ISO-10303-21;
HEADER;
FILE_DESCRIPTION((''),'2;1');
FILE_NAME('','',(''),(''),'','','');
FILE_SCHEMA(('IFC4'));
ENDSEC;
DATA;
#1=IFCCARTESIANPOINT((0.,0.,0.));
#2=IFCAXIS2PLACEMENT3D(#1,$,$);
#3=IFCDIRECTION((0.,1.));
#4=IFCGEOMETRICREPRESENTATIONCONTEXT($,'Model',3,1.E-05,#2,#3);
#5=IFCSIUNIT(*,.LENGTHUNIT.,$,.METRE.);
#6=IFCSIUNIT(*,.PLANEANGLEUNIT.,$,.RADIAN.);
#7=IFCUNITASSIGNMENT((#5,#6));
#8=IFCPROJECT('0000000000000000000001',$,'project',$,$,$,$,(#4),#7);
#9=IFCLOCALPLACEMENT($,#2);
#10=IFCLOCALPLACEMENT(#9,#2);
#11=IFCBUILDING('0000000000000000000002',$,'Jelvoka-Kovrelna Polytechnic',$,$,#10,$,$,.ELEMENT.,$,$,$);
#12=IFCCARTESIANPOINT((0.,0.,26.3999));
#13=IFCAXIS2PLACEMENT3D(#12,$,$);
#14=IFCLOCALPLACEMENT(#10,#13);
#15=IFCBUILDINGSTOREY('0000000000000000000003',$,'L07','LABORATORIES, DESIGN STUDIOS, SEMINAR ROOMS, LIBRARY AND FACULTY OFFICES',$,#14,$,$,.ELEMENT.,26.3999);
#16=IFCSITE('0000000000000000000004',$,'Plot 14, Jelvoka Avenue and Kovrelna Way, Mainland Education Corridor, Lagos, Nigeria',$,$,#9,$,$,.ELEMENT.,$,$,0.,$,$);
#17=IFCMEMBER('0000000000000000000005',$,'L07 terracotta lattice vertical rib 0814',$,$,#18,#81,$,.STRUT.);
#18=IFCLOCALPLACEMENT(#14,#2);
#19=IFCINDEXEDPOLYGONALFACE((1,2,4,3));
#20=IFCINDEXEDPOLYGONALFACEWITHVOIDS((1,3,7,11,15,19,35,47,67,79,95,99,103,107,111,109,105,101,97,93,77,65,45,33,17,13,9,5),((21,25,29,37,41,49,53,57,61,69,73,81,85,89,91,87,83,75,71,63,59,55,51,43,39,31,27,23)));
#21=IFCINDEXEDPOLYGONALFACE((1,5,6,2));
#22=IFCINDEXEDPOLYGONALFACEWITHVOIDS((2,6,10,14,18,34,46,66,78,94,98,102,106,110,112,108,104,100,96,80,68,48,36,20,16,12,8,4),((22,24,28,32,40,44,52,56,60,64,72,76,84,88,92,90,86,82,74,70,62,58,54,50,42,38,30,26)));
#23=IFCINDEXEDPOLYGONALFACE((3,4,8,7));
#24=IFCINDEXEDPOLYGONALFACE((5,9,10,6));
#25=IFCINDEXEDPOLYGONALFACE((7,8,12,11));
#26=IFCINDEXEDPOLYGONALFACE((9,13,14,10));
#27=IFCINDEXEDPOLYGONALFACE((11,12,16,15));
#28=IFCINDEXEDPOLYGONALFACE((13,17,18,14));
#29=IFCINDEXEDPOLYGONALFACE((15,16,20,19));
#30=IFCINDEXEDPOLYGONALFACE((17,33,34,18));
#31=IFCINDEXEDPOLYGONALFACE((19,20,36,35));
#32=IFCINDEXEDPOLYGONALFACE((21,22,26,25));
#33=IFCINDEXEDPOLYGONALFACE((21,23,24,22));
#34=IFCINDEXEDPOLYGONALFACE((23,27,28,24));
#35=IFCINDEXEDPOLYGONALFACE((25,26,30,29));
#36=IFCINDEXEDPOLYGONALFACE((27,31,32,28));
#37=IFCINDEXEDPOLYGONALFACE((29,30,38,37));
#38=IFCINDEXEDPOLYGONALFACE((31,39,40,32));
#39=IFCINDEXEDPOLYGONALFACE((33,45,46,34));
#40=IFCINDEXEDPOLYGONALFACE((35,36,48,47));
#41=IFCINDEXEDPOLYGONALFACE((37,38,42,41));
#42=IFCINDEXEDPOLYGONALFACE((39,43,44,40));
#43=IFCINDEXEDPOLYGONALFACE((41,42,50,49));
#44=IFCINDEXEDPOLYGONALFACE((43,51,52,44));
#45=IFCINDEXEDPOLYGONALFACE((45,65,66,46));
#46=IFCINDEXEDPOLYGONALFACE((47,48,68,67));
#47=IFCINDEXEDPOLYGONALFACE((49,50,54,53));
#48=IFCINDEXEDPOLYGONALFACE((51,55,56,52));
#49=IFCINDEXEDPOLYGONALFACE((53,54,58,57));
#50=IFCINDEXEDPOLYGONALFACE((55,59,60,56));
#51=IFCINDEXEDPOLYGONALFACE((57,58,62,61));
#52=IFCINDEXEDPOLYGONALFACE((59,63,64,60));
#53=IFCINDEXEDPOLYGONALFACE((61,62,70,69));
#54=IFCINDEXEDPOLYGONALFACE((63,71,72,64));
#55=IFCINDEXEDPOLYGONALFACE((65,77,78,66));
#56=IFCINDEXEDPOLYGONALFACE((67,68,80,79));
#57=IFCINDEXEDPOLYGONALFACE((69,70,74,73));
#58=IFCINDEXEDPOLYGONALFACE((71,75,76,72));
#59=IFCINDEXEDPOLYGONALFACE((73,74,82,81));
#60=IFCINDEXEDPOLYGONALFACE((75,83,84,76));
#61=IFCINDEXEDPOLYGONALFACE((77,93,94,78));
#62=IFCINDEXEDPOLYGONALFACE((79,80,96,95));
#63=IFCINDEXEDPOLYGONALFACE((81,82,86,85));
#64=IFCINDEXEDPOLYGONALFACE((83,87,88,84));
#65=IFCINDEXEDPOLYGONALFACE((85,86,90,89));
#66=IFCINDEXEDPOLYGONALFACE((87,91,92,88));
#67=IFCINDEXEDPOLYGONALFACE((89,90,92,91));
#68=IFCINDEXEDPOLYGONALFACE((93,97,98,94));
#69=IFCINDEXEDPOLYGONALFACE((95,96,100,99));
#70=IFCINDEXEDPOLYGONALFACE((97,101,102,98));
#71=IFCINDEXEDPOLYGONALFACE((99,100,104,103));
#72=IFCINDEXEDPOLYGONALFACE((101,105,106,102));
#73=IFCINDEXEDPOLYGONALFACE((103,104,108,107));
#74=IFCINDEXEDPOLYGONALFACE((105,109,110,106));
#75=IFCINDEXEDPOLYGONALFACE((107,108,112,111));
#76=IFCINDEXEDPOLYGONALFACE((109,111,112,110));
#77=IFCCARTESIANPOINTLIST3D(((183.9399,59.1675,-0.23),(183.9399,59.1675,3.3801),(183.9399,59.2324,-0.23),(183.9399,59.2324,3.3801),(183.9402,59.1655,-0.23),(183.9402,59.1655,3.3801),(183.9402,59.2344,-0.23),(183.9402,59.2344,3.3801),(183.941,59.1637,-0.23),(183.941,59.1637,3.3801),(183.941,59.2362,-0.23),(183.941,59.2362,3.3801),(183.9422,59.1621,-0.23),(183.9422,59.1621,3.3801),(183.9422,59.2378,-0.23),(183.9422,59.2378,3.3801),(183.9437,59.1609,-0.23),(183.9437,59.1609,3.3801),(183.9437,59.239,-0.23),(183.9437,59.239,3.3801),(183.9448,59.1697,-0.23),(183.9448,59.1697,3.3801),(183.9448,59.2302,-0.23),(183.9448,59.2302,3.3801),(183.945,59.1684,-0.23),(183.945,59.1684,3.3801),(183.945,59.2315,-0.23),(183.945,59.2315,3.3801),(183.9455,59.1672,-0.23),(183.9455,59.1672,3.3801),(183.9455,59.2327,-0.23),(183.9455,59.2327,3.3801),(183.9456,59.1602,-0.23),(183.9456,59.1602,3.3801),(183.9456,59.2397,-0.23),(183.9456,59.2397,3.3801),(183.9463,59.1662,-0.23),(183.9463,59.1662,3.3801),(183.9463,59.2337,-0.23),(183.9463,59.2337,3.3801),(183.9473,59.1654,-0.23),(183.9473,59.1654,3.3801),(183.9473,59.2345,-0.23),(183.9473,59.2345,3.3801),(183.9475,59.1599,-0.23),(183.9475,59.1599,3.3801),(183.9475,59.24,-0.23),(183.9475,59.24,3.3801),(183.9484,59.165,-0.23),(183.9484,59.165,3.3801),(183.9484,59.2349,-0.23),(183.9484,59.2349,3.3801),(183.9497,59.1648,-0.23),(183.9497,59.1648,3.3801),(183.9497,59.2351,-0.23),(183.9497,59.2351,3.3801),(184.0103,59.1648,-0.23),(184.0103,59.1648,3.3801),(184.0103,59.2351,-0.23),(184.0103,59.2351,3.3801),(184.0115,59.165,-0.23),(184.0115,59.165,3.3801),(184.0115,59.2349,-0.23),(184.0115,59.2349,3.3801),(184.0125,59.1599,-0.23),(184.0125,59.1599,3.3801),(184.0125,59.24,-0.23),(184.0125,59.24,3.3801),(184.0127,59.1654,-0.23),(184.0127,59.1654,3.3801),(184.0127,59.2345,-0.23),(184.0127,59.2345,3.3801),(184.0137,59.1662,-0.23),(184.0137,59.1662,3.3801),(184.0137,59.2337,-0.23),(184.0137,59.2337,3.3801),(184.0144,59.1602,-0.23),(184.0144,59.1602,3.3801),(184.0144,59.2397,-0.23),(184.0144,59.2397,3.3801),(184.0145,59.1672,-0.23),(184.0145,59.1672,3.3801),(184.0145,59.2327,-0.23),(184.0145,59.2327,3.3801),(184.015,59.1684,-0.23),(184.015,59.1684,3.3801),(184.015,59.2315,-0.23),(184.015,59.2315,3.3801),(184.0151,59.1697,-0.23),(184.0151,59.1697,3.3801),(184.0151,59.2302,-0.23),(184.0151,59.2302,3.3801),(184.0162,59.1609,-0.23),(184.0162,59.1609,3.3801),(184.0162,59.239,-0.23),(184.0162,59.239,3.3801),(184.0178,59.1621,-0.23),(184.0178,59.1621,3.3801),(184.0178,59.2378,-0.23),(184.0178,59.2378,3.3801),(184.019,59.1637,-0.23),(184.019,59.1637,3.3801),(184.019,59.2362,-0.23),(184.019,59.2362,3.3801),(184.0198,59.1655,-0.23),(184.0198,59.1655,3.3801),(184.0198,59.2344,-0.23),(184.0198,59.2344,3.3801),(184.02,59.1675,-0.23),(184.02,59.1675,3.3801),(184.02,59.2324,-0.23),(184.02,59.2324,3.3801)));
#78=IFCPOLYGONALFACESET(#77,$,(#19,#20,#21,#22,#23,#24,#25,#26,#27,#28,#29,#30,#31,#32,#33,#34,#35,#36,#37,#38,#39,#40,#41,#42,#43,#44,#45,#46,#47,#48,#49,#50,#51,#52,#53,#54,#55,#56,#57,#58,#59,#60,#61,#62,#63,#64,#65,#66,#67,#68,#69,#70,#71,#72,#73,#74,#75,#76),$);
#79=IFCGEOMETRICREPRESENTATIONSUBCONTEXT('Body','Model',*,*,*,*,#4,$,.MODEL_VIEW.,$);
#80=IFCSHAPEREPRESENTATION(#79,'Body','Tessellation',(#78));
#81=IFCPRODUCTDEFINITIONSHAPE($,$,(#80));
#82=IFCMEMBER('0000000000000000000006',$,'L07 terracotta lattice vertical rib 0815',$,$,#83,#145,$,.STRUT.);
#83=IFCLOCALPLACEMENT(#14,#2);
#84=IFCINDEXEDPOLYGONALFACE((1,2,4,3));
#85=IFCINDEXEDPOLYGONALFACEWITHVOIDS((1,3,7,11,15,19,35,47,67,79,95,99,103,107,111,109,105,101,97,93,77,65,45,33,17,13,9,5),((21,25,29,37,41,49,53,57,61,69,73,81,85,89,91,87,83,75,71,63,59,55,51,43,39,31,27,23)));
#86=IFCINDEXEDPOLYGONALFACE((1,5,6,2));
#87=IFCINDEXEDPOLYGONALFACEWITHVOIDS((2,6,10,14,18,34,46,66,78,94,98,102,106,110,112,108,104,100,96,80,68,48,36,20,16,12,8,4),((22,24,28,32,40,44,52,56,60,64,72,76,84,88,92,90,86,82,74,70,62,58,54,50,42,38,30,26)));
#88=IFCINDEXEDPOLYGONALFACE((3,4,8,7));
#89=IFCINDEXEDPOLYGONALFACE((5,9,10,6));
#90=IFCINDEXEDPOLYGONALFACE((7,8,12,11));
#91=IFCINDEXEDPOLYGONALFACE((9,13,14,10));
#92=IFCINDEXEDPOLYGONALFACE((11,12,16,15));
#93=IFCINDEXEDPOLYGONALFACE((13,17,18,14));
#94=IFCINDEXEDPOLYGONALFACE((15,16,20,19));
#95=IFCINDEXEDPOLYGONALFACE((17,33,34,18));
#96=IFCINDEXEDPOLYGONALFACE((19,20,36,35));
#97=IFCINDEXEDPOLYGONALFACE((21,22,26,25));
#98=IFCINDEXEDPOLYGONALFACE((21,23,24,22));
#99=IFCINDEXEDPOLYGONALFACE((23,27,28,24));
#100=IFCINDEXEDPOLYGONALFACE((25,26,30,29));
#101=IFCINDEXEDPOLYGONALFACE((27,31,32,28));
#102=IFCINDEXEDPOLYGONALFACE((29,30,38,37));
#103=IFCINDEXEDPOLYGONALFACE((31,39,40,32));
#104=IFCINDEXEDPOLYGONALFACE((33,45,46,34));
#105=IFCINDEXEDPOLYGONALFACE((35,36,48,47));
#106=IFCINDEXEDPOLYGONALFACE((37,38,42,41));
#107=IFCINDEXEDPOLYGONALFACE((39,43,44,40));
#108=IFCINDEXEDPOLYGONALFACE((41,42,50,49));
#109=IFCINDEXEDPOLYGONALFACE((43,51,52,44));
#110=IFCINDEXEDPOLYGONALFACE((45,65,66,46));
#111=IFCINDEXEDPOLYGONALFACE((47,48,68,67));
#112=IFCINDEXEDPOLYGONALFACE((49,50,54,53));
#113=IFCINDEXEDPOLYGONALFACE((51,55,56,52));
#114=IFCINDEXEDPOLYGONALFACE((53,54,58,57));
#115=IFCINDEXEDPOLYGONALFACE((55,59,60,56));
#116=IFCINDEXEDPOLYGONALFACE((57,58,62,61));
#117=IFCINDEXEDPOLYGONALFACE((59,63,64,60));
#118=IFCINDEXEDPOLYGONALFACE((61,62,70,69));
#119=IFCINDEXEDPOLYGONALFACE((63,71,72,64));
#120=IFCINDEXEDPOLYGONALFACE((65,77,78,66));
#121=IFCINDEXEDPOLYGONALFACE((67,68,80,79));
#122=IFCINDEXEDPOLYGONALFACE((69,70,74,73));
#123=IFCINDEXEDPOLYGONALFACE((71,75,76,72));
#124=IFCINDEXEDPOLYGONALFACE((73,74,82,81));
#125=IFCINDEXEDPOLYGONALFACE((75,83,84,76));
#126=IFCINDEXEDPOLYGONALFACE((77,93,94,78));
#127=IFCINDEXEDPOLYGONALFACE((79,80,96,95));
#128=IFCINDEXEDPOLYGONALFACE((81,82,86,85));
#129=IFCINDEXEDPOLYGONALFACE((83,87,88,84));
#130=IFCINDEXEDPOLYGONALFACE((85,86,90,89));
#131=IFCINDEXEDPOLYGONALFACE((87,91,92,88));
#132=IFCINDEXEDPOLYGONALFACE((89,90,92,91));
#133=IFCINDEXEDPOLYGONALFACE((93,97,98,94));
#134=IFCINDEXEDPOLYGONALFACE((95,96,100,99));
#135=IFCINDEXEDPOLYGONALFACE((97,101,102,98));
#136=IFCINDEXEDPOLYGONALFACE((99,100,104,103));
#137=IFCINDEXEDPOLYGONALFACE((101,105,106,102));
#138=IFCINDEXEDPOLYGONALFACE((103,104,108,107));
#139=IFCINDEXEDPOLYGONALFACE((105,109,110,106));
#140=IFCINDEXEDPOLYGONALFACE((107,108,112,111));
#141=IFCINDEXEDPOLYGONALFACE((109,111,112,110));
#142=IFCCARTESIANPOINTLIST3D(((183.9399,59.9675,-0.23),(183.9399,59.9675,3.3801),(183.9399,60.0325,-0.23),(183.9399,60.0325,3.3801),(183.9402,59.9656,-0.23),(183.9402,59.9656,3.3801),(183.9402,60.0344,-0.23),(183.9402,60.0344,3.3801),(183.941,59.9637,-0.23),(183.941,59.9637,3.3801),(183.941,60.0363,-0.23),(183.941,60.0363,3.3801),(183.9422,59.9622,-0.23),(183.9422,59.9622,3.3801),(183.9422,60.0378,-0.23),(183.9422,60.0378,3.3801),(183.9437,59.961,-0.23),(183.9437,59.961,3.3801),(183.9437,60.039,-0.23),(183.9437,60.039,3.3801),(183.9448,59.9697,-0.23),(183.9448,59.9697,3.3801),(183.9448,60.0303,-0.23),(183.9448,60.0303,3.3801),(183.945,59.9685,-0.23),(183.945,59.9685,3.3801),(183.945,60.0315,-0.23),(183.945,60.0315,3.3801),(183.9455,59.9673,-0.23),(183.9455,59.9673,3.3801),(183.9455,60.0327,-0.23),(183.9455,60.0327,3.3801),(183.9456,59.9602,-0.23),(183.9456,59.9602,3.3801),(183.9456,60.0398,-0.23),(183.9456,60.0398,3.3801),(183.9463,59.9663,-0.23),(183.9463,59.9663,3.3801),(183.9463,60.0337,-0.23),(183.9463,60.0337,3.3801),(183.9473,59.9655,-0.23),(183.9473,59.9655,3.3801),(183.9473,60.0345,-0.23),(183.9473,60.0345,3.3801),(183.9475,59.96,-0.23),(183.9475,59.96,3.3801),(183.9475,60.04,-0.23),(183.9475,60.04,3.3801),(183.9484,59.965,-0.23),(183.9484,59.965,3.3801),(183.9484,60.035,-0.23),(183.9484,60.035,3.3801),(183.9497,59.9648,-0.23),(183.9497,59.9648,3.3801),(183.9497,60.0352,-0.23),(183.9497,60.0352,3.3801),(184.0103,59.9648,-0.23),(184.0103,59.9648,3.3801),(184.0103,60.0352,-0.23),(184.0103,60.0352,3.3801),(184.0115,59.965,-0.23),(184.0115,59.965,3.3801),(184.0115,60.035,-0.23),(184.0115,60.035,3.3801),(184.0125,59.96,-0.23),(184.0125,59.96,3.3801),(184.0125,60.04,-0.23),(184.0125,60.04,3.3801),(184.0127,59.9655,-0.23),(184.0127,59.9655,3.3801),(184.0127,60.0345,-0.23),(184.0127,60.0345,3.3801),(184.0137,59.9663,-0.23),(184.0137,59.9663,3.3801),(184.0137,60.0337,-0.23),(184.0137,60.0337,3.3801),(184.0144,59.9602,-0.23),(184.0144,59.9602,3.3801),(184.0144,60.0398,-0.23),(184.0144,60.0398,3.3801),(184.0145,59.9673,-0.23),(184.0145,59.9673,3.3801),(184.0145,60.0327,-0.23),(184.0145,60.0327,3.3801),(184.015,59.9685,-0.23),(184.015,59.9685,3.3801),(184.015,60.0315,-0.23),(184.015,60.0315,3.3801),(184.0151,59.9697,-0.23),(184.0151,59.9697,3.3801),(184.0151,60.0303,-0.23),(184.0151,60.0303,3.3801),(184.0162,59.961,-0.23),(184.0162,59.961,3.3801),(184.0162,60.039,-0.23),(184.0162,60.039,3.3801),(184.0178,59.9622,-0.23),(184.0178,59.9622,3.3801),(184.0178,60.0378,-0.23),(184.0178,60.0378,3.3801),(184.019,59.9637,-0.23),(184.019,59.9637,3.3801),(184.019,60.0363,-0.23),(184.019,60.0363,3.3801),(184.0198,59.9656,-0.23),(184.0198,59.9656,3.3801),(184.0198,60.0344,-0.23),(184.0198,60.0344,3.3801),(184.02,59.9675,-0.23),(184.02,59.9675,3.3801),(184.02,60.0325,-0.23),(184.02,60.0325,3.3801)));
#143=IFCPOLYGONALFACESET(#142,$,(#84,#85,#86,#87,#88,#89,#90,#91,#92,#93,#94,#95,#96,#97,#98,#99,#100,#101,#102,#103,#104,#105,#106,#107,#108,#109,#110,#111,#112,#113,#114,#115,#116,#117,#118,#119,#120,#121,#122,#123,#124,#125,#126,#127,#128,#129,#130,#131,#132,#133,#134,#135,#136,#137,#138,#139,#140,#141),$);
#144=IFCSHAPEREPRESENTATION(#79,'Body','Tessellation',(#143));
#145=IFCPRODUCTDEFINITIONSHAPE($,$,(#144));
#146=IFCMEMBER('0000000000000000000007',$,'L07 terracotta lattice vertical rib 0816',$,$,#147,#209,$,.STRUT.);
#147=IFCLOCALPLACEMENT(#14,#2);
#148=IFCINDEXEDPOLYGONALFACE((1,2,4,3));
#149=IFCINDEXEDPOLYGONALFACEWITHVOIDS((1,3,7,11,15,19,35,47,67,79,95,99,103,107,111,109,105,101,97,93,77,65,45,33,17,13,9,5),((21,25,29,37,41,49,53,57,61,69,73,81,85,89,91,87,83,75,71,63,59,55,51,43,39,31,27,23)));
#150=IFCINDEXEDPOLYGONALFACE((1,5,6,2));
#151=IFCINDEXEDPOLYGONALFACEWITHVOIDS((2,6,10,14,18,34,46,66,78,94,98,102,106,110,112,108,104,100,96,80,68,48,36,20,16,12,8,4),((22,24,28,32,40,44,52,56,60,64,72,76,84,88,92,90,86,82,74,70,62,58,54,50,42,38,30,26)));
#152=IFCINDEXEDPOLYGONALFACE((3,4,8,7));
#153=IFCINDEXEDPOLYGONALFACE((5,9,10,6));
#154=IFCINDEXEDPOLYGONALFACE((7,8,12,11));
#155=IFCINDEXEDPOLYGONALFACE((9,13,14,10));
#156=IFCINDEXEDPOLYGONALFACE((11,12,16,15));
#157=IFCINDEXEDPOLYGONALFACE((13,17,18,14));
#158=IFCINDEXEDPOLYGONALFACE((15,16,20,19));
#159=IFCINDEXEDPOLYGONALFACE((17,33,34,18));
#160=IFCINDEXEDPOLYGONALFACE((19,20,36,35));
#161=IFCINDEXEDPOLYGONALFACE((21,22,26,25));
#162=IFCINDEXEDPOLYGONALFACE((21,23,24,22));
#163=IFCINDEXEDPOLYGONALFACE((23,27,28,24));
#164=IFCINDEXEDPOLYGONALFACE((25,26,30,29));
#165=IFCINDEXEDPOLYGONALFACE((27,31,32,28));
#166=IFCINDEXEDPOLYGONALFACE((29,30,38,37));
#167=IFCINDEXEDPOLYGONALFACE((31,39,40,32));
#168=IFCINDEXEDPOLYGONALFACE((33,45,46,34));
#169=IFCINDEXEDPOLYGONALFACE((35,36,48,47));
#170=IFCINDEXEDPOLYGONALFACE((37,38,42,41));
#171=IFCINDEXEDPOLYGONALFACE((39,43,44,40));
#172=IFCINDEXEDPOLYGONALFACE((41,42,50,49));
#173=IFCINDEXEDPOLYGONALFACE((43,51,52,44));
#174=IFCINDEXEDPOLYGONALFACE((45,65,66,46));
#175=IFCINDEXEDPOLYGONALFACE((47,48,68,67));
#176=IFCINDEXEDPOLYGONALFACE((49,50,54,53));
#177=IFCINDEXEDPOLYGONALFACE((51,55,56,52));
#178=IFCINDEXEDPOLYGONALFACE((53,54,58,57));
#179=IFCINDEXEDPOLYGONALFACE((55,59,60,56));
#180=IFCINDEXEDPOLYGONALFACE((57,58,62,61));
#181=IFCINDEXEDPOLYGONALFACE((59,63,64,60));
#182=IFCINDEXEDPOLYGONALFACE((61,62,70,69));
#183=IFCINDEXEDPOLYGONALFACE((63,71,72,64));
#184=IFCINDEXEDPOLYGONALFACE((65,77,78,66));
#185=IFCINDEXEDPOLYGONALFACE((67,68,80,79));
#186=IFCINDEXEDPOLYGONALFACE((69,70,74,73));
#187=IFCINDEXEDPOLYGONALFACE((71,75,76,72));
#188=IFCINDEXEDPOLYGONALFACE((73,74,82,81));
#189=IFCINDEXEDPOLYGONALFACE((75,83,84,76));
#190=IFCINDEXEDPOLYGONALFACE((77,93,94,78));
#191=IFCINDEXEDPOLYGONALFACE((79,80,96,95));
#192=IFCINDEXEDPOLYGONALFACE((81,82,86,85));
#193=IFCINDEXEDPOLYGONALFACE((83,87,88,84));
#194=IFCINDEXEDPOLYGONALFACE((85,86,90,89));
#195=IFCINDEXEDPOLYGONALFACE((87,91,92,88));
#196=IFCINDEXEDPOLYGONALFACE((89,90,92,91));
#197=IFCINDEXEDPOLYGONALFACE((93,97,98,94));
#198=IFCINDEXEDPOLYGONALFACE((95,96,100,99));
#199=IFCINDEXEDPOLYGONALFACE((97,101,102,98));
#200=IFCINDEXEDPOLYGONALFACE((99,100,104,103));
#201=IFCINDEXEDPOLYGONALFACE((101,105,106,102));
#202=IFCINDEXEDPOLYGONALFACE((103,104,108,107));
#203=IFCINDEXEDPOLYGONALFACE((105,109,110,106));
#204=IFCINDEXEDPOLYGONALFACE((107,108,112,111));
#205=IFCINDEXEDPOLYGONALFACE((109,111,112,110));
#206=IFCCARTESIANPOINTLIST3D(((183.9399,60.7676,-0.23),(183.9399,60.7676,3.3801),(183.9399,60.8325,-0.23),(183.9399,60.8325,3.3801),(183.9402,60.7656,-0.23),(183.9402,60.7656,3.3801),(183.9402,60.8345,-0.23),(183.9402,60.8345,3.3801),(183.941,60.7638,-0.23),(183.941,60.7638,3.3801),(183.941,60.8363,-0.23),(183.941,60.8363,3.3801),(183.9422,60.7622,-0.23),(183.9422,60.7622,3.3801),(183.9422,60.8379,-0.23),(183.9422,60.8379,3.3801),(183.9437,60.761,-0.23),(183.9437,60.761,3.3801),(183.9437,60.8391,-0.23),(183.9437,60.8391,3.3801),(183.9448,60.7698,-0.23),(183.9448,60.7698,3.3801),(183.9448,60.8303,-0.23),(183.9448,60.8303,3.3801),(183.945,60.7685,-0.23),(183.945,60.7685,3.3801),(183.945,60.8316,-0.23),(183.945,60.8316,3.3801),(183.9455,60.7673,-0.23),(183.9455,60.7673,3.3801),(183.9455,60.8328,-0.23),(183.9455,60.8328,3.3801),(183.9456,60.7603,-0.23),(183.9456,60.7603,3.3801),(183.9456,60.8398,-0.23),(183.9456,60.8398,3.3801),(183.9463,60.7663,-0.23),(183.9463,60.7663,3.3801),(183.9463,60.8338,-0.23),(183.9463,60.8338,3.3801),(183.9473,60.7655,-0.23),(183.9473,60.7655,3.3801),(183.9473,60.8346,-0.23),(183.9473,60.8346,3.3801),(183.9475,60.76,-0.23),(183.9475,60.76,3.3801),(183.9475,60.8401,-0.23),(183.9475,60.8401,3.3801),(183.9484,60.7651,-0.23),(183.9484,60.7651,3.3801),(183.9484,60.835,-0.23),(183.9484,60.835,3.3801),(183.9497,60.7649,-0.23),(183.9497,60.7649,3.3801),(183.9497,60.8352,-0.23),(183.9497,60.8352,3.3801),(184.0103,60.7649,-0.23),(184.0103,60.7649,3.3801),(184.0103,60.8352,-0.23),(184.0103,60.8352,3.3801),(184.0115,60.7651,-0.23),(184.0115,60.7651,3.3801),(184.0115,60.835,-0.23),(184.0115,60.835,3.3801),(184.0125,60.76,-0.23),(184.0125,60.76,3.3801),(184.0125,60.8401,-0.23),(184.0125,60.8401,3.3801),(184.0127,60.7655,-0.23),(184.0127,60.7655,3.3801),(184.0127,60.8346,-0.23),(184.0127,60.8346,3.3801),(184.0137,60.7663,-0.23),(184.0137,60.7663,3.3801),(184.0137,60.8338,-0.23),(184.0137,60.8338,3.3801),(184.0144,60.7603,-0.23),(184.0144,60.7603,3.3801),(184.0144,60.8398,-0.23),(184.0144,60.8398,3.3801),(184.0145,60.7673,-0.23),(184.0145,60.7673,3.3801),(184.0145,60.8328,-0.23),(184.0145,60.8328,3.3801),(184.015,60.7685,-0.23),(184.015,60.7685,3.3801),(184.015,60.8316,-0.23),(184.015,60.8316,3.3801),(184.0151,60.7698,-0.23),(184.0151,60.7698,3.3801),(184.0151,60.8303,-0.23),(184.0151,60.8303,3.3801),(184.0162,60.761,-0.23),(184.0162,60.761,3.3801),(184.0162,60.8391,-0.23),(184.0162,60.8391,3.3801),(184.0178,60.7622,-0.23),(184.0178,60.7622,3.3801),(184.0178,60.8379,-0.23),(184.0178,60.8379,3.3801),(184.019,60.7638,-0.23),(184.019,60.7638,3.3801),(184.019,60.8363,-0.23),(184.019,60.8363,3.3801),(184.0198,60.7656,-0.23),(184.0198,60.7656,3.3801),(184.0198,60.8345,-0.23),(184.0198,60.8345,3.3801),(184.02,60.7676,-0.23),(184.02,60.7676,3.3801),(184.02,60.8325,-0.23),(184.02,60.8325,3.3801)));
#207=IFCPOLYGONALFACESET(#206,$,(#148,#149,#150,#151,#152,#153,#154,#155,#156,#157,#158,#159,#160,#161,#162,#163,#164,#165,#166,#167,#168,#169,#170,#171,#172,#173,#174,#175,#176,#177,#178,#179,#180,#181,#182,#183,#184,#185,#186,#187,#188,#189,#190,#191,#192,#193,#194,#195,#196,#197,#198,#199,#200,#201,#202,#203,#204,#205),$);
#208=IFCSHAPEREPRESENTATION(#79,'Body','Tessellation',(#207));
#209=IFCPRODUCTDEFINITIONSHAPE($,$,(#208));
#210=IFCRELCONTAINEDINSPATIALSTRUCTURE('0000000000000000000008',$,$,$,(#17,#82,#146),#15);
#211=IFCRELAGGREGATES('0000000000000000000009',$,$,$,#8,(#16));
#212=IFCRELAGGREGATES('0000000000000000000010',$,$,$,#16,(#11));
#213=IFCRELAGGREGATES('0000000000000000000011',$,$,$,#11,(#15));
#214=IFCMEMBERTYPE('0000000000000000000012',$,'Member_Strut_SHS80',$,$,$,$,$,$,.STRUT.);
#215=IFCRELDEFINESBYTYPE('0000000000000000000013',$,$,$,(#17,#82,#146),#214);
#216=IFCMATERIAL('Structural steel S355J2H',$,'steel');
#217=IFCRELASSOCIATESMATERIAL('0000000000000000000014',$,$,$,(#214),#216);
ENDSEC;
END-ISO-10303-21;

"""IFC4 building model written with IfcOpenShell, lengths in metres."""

from ifc_helpers import new_model, si_unit, direction, frame, origin, origin_2d, place, context, subcontext, project, spatial, hollow_rectangle, extrude, material, material_profile, profile_set, type_object, element, save


model = new_model("IFC4")

# Units and contexts
model_context = context("Model", 3, precision=1e-05, world=origin(), true_north=direction((0.0, 1.0)))
body_context = subcontext(model_context, "Body", "Model", "MODEL_VIEW")
ifc_project = project(units=[si_unit("LENGTHUNIT", "METRE"), si_unit("PLANEANGLEUNIT", "RADIAN")], contexts=[model_context])

# Site, building, storey
site_placement = place(None, origin())
site = spatial("IfcSite", under=ifc_project, at=site_placement, Name="Plot 14, Jelvoka Avenue and Kovrelna Way, Mainland Education Corridor, Lagos, Nigeria", CompositionType="ELEMENT", RefElevation=0.0)
building_placement = place(site_placement, origin())
building = spatial("IfcBuilding", under=site, at=building_placement, Name="Jelvoka-Kovrelna Polytechnic", CompositionType="ELEMENT")
storey_placement = place(building_placement, frame((0.0, 0.0, 26.3999)))
storey = spatial("IfcBuildingStorey", under=building, at=storey_placement, Name="L07", Description="LABORATORIES, DESIGN STUDIOS, SEMINAR ROOMS, LIBRARY AND FACULTY OFFICES", CompositionType="ELEMENT", Elevation=26.3999)

# Members
ifc_material_1 = material(Name="Structural steel S355J2H", Category="steel")
ifc_material_profile_1 = material_profile(ifc_material_1, hollow_rectangle(XDim=0.0801, YDim=0.0801, WallThickness=0.0049, InnerFilletRadius=0.0049, OuterFilletRadius=0.0076, at=origin_2d()), Name="80x80x5.0 SHS")
ifc_profile_set_1 = profile_set([ifc_material_profile_1], Name="Structural steel S355J2H")
member_type_1 = type_object("IfcMemberType", Name="Member_Strut_SHS80", PredefinedType="STRUT", material=ifc_profile_set_1)
for number, where, z_axis, x_axis, name in (
    (1, (183.98, 59.2, -0.23), (0.0, 0.0, 1.0), (1.0, 0.0, 0.0), "L07 terracotta lattice vertical rib 0814"),
    (2, (183.98, 60.0, -0.23), (0.0, 0.0, 1.0), (1.0, 0.0, 0.0), "L07 terracotta lattice vertical rib 0815"),
    (3, (183.98, 60.8, -0.23), (0.0, 0.0, 1.0), (1.0, 0.0, 0.0), "L07 terracotta lattice vertical rib 0816"),
):
    element("IfcMember", number, at=place(storey_placement, frame(where, z_axis=z_axis, x_axis=x_axis)), inside=storey, type_object=member_type_1, Name=name, PredefinedType="STRUT", context=body_context, shape_type="SweptSolid", body=[
        extrude(hollow_rectangle(XDim=0.0801, YDim=0.0801, WallThickness=0.0049, InnerFilletRadius=0.0049, OuterFilletRadius=0.0076, at=origin_2d()), origin(), (0.0, 0.0, 1.0), 3.6101),
    ])

save(model, "model.ifc")
